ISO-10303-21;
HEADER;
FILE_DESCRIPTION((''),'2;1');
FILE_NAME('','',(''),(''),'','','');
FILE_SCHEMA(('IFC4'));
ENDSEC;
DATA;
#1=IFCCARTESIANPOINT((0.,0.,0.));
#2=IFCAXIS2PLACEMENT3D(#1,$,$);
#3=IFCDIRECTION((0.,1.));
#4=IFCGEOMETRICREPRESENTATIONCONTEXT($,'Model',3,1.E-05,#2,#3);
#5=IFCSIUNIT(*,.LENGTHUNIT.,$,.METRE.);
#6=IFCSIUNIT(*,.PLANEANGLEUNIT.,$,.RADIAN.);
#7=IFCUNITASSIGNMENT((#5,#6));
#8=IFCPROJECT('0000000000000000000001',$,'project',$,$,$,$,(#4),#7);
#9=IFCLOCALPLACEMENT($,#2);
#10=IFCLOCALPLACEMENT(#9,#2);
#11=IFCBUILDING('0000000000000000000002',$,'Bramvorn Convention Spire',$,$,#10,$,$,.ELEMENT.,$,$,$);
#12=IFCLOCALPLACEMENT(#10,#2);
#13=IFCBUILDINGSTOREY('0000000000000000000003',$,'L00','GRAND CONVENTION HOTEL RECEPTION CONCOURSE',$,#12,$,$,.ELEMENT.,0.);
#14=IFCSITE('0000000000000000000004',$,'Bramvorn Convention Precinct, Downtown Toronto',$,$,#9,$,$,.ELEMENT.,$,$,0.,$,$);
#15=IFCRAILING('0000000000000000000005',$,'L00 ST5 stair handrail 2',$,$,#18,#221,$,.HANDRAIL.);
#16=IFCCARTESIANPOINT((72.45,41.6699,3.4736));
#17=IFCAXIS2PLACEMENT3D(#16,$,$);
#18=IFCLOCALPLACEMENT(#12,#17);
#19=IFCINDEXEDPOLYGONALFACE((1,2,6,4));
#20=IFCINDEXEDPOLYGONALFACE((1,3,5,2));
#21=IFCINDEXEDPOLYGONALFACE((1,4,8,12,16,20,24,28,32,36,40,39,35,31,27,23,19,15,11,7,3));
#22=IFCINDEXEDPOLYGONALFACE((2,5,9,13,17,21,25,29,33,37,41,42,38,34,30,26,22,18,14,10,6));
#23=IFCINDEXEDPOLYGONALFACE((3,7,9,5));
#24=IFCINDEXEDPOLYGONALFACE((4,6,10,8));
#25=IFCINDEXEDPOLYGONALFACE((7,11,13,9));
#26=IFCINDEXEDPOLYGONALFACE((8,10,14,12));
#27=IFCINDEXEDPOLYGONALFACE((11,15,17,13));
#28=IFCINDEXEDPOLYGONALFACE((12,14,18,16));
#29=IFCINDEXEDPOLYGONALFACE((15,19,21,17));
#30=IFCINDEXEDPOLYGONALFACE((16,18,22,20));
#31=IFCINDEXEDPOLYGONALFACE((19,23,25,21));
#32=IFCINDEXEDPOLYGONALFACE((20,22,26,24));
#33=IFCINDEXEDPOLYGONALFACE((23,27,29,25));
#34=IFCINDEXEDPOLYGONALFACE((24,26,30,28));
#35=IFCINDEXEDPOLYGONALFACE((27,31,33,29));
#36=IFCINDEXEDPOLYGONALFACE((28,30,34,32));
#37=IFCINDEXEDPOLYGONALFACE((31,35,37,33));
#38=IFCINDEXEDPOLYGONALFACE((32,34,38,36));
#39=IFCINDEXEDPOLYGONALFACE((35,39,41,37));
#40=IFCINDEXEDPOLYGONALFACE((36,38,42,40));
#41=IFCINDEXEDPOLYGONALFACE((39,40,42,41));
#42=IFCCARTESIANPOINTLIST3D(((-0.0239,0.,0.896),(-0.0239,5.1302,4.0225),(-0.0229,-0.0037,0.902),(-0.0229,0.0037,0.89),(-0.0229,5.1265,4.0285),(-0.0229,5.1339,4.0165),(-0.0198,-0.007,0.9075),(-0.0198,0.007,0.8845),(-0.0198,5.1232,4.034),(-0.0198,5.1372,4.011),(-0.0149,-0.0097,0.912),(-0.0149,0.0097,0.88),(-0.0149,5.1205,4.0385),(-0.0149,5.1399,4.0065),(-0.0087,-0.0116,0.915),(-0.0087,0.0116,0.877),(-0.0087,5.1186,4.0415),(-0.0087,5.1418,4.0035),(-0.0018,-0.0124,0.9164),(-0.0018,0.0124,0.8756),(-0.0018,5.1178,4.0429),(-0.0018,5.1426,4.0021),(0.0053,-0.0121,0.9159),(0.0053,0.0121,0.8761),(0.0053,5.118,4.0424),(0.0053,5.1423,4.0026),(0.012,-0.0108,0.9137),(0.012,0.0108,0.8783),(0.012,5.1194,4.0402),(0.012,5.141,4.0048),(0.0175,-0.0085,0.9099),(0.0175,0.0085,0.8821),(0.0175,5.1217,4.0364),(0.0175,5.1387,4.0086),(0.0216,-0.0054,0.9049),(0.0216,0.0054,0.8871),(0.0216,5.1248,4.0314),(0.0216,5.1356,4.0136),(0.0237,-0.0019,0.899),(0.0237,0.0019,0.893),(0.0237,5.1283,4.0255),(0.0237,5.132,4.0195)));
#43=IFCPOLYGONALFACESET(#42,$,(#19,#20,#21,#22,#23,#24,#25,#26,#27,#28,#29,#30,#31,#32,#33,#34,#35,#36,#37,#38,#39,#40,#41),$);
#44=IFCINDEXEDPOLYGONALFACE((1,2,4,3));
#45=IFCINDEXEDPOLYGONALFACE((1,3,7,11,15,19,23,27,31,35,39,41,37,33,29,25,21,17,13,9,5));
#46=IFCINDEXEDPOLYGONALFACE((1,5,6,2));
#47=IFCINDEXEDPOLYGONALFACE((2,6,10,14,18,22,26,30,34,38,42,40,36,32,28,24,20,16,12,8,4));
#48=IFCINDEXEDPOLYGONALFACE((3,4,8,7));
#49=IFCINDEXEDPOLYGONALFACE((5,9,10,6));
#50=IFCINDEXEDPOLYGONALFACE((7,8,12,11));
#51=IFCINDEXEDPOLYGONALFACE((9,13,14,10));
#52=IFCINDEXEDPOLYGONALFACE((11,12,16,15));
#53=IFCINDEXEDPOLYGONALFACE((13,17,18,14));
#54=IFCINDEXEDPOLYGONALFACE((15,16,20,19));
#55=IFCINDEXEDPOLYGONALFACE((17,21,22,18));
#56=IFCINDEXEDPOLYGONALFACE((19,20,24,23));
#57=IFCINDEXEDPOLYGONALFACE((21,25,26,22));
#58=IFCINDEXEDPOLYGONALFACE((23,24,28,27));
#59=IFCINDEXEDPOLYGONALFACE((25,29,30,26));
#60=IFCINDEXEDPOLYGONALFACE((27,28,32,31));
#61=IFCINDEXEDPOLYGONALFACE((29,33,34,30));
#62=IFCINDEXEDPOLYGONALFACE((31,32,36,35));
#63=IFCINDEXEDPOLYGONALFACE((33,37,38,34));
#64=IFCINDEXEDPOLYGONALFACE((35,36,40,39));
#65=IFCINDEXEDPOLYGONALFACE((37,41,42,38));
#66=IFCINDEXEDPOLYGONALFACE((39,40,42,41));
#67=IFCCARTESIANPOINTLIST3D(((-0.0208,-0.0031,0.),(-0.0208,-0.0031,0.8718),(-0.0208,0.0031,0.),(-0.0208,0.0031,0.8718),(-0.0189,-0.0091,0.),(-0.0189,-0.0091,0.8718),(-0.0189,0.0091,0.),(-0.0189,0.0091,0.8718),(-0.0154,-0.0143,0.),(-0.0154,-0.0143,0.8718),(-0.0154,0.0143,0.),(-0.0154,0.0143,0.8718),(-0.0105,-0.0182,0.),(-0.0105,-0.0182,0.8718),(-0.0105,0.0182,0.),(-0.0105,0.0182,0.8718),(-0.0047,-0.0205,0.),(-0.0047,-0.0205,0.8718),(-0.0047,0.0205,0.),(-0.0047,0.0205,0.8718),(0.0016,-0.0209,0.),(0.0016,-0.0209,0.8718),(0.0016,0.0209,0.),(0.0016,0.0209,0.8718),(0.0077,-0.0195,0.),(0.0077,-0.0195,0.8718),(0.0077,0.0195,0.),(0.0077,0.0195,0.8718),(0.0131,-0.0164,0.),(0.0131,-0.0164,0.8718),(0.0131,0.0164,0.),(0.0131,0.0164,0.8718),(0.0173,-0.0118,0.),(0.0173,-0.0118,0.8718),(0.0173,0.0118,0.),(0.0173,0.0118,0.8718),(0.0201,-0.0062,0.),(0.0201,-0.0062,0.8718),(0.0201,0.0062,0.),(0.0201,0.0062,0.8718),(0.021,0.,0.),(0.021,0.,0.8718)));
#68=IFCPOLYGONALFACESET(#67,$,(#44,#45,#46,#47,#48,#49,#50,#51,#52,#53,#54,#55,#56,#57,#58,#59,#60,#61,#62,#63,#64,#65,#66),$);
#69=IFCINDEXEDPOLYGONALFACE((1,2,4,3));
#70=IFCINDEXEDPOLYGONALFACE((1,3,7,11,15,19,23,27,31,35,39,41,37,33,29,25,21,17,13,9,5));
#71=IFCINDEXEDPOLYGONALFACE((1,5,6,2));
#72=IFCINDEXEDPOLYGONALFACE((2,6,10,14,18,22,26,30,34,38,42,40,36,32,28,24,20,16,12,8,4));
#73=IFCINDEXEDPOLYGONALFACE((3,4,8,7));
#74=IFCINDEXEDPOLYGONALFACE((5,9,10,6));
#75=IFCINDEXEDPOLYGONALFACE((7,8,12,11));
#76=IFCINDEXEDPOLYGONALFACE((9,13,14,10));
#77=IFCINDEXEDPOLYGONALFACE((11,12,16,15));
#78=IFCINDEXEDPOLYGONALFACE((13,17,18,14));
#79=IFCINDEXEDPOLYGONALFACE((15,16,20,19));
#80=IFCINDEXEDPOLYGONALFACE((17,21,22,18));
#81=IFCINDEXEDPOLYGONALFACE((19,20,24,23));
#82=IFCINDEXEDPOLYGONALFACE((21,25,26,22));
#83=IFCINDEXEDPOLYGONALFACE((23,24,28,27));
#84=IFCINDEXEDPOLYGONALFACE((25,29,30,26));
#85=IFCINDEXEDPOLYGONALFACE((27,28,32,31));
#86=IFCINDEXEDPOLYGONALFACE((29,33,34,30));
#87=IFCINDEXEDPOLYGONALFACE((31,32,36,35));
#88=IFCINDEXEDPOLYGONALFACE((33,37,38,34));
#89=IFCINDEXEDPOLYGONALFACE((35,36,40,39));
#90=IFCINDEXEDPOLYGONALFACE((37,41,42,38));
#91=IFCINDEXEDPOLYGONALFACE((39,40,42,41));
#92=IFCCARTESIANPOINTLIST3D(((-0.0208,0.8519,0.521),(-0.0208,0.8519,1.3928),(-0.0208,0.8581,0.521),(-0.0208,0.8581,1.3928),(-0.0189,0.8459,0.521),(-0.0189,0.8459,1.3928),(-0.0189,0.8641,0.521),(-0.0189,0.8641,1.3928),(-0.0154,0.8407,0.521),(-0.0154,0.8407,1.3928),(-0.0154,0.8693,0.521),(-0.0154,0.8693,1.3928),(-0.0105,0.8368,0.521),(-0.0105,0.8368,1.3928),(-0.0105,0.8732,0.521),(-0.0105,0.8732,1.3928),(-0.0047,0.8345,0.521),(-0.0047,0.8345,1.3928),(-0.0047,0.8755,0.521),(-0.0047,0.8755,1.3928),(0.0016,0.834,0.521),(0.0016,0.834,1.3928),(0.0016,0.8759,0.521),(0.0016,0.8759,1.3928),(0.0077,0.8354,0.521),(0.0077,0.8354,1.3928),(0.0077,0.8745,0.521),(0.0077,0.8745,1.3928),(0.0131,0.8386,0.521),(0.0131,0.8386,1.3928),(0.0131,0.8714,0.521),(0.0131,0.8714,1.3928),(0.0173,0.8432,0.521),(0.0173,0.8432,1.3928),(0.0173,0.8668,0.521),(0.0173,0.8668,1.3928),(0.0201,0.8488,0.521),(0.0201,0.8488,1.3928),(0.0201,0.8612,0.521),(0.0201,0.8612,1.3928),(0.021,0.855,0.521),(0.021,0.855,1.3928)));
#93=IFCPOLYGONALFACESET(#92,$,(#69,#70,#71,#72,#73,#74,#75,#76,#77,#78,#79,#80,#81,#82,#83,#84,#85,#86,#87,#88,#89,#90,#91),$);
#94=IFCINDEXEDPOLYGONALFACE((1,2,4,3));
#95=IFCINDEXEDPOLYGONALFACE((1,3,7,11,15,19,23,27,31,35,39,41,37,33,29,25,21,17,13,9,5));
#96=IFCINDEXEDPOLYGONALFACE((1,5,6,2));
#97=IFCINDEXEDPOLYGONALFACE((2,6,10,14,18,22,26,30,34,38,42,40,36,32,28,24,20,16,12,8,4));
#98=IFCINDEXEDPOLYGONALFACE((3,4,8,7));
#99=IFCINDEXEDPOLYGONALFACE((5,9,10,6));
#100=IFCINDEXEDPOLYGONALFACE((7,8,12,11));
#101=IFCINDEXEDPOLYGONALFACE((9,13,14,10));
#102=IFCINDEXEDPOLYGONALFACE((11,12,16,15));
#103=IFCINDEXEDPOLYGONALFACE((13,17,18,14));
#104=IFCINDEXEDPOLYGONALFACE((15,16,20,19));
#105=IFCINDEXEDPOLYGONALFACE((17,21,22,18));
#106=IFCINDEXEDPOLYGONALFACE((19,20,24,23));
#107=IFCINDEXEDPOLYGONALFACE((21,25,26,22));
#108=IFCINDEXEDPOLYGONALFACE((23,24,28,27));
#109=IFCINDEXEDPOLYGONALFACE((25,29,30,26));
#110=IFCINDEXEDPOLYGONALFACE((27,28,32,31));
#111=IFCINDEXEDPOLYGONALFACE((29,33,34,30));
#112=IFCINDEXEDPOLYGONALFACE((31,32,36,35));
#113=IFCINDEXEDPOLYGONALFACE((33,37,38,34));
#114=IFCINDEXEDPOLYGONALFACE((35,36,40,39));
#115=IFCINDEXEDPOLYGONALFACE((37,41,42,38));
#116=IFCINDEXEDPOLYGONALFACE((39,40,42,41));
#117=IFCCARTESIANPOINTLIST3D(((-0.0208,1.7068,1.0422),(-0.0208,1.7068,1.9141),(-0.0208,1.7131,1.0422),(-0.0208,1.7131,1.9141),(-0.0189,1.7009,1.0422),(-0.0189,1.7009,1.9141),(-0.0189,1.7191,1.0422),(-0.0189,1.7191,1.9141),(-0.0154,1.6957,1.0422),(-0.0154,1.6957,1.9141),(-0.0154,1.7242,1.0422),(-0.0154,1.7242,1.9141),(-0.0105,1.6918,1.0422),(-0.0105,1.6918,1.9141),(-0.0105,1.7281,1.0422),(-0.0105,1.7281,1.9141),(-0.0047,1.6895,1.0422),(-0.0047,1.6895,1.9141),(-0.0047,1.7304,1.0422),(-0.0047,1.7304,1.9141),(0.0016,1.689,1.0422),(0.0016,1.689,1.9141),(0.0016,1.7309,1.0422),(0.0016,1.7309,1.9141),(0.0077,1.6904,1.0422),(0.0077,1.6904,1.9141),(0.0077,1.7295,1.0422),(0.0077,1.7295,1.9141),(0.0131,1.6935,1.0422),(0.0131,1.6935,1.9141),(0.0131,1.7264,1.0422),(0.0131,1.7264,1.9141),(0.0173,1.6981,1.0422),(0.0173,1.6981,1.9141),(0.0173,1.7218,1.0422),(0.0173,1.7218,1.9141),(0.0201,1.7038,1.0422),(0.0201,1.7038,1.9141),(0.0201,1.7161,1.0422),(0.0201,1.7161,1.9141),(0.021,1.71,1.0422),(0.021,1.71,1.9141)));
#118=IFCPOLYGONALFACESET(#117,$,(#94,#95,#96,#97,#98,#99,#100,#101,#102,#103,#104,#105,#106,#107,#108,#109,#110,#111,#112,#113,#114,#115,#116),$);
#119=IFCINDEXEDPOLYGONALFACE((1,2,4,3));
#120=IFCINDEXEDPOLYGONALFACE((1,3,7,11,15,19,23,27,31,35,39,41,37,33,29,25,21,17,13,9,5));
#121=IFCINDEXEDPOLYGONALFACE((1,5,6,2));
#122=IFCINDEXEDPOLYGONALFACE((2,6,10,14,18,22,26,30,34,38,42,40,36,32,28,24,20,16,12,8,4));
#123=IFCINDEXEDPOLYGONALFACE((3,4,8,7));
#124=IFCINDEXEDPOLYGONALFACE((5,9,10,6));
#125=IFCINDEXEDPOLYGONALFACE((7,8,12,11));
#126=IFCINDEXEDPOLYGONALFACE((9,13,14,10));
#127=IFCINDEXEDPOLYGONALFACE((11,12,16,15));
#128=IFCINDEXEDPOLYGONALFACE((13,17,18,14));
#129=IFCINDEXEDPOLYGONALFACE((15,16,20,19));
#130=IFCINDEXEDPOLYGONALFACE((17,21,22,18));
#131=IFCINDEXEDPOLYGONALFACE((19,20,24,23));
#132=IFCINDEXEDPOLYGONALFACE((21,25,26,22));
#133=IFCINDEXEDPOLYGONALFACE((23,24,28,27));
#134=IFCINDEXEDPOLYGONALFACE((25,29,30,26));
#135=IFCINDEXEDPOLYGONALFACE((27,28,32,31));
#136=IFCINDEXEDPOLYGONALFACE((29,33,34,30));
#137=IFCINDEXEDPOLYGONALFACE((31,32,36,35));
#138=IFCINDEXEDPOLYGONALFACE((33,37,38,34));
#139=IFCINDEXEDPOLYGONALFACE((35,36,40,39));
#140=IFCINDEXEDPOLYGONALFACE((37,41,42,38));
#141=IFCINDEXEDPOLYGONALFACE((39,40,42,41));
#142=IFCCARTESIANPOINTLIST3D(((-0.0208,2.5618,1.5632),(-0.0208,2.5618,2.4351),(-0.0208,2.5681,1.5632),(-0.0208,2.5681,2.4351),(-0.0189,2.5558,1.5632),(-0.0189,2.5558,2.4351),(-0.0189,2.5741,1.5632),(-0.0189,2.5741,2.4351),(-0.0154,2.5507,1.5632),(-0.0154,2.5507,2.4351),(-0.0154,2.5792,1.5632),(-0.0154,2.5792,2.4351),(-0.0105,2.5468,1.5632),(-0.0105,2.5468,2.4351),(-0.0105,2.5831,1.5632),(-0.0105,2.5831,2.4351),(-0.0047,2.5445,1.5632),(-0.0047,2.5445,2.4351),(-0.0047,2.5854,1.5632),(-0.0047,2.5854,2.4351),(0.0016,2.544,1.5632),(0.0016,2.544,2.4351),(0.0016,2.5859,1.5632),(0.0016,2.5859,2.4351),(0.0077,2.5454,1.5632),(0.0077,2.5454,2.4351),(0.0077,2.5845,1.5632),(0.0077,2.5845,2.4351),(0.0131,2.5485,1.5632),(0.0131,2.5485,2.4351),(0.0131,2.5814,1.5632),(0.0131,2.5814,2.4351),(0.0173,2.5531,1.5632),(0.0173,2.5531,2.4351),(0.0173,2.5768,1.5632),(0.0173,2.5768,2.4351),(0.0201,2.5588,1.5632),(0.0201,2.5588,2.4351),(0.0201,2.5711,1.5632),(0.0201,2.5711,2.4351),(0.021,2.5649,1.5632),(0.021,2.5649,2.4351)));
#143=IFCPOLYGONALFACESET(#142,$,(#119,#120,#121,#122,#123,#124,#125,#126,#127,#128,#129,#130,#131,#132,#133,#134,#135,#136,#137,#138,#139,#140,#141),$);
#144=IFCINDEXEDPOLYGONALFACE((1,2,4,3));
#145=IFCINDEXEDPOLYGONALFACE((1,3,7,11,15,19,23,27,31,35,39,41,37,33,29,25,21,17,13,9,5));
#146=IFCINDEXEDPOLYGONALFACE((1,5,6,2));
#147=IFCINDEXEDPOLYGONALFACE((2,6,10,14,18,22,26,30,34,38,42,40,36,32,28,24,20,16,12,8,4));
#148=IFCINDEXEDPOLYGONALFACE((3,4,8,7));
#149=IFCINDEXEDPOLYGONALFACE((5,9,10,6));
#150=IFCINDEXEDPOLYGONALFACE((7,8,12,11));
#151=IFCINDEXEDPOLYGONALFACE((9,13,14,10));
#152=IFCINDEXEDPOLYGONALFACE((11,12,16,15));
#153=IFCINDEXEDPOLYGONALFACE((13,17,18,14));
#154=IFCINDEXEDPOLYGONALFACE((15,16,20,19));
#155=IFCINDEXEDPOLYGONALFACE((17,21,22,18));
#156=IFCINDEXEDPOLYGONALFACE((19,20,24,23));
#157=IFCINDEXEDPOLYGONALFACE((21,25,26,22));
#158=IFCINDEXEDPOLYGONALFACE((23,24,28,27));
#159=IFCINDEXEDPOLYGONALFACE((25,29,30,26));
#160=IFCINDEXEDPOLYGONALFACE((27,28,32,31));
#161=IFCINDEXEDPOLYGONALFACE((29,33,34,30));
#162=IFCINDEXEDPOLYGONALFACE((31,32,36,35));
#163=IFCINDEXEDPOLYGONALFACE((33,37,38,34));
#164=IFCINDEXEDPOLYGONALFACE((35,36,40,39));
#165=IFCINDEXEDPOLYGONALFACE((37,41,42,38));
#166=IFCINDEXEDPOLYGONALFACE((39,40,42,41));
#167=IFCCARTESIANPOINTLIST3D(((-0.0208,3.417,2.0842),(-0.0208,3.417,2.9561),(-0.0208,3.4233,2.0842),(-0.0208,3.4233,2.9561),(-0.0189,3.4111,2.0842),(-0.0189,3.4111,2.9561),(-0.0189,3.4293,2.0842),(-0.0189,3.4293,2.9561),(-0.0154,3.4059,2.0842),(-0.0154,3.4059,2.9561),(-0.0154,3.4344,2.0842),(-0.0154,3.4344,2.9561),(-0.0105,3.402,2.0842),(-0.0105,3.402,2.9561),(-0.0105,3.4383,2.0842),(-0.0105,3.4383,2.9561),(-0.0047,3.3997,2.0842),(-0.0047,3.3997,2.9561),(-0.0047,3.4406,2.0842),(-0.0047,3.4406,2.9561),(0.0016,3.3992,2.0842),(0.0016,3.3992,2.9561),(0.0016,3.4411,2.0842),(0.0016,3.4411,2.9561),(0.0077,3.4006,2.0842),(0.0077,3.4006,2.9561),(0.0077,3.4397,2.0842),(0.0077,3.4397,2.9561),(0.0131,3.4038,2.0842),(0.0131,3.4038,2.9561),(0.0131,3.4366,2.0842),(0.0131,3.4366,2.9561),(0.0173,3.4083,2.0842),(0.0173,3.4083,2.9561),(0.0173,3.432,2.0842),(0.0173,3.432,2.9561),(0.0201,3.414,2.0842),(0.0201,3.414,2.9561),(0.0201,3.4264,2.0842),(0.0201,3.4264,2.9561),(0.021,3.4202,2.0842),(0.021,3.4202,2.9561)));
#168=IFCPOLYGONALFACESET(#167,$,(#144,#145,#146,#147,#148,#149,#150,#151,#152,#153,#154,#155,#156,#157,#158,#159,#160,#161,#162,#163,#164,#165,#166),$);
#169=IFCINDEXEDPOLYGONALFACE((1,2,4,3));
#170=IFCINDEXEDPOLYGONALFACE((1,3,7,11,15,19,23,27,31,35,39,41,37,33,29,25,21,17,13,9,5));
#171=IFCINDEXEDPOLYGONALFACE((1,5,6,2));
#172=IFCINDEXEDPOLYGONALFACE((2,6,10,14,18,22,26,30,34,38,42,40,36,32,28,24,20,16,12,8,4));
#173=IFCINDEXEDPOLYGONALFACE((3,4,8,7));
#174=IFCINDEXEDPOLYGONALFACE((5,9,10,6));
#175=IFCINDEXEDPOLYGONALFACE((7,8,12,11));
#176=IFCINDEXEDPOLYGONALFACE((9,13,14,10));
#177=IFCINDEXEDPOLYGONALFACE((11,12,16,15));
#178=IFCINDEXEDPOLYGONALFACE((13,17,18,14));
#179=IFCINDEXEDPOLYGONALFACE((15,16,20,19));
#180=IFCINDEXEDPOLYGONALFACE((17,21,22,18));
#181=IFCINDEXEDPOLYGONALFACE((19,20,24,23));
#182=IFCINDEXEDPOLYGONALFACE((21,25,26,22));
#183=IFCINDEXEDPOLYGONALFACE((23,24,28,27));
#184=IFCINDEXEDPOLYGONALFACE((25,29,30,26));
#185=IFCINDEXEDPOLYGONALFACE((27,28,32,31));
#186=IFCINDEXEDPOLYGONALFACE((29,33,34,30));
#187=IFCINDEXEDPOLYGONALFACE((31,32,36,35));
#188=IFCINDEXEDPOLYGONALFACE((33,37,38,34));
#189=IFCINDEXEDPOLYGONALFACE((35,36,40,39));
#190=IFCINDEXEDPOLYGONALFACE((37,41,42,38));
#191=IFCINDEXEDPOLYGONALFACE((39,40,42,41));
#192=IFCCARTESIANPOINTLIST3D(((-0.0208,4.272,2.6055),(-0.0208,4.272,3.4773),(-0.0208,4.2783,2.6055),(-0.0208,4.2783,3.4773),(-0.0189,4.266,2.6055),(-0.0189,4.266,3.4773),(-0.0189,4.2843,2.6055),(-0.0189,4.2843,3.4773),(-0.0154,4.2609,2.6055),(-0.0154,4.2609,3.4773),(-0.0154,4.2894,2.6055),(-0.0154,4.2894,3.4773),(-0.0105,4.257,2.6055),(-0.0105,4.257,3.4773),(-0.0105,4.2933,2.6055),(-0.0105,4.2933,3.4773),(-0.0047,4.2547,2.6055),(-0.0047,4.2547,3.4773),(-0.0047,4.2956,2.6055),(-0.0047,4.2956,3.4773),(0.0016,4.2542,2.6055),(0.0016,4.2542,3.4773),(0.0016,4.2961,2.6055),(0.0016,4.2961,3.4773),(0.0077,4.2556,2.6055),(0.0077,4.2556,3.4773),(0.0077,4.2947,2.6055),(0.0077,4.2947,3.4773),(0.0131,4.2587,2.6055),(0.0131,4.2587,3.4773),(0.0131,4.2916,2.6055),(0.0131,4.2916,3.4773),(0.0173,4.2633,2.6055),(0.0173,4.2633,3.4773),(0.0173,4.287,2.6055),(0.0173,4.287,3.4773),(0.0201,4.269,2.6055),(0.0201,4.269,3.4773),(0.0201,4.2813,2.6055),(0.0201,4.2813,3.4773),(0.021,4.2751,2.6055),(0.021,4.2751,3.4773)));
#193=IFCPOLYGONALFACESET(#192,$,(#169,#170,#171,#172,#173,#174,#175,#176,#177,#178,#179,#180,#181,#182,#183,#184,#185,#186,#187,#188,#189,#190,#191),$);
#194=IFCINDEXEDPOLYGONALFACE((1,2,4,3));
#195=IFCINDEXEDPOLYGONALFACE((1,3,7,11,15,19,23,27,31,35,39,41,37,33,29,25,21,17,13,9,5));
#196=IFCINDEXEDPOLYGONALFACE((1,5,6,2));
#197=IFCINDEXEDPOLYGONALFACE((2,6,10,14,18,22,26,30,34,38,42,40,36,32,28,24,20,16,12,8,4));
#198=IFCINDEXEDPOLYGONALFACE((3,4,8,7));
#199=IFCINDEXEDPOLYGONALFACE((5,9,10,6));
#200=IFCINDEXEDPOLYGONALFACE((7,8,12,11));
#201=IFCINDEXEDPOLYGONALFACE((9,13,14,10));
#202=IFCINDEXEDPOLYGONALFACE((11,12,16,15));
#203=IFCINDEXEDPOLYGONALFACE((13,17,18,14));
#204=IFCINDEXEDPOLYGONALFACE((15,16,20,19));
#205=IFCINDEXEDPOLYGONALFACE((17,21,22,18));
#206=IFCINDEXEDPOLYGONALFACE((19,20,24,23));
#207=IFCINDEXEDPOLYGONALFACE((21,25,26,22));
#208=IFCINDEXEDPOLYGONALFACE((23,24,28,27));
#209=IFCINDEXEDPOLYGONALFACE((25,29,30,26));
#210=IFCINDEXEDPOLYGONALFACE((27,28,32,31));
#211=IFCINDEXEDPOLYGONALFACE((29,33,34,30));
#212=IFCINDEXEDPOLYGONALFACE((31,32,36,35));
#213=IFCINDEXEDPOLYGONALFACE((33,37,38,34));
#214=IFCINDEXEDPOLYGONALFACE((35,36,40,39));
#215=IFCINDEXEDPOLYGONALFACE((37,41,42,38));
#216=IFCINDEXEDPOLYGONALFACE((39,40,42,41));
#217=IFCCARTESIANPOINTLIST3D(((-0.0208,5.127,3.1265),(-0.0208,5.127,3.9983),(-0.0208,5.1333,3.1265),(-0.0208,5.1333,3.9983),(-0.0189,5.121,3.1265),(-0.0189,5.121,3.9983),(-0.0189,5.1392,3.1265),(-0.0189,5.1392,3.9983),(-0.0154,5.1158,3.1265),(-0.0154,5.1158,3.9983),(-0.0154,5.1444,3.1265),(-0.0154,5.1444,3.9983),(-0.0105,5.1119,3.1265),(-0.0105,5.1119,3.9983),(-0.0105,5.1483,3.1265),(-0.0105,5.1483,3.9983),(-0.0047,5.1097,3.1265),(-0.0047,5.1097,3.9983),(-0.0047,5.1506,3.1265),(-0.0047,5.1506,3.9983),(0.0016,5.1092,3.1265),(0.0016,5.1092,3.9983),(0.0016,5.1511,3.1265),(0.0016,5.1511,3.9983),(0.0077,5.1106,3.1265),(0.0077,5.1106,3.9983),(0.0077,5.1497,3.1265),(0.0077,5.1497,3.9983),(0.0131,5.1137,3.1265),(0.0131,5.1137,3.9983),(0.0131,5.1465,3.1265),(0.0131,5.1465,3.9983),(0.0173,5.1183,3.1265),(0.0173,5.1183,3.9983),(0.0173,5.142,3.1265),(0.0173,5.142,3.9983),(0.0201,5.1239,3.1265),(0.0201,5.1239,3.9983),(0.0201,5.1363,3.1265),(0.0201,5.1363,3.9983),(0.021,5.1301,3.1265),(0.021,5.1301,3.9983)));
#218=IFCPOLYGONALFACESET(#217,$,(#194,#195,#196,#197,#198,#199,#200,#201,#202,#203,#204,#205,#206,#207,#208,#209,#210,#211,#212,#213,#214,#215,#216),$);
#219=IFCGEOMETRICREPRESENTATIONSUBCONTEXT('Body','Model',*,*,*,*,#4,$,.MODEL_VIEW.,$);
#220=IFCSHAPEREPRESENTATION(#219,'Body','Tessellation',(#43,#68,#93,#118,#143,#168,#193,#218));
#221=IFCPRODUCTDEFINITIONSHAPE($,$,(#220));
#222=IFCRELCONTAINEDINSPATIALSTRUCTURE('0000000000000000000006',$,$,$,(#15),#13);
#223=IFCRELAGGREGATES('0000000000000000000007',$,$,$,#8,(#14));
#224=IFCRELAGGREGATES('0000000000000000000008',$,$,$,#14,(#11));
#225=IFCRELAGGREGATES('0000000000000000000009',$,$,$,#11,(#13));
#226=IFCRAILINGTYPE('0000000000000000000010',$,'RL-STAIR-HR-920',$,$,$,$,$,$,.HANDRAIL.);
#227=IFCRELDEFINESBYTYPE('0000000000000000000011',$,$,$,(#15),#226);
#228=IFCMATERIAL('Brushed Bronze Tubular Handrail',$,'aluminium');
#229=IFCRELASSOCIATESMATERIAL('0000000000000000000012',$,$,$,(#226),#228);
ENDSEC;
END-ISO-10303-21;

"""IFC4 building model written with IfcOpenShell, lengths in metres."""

from ifc_helpers import new_model, si_unit, direction, frame, origin, origin_2d, place, context, subcontext, project, spatial, circle, extrude, material, type_object, element, save


model = new_model("IFC4")

# Units and contexts
model_context = context("Model", 3, precision=1e-05, world=origin(), true_north=direction((0.0, 1.0)))
body_context = subcontext(model_context, "Body", "Model", "MODEL_VIEW")
ifc_project = project(units=[si_unit("LENGTHUNIT", "METRE"), si_unit("PLANEANGLEUNIT", "RADIAN")], contexts=[model_context])

# Site, building, storey
site_placement = place(None, origin())
site = spatial("IfcSite", under=ifc_project, at=site_placement, Name="Bramvorn Convention Precinct, Downtown Toronto", CompositionType="ELEMENT", RefElevation=0.0)
building_placement = place(site_placement, origin())
building = spatial("IfcBuilding", under=site, at=building_placement, Name="Bramvorn Convention Spire", CompositionType="ELEMENT")
storey_placement = place(building_placement, origin())
storey = spatial("IfcBuildingStorey", under=building, at=storey_placement, Name="L00", Description="GRAND CONVENTION HOTEL RECEPTION CONCOURSE", CompositionType="ELEMENT", Elevation=0.0)

# Railing
ifc_material_1 = material(Name="Brushed Bronze Tubular Handrail", Category="aluminium")
railing_type_1 = type_object("IfcRailingType", Name="RL-STAIR-HR-920", PredefinedType="HANDRAIL", material=ifc_material_1)
railing_1_placement = place(storey_placement, frame((72.45, 41.6699, 3.4736)))
element("IfcRailing", 1, at=railing_1_placement, inside=storey, type_object=railing_type_1, Name="L00 ST5 stair handrail 2", PredefinedType="HANDRAIL", context=body_context, shape_type="SweptSolid", body=[
    extrude(circle(Radius=0.0239, at=origin_2d()), frame((0.0, 0.0, 0.896), z_axis=(0.0, 0.853919, 0.520406), x_axis=(-1.0, 0.0, 0.0)), (0.0, 0.0, 1.0), 6.0078),
    extrude(circle(Radius=0.021, at=origin_2d()), origin(), (0.0, 0.0, 1.0), 0.8718),
    extrude(circle(Radius=0.021, at=origin_2d()), frame((0.0, 0.855, 0.521)), (0.0, 0.0, 1.0), 0.8718),
    extrude(circle(Radius=0.021, at=origin_2d()), frame((0.0, 1.71, 1.0422)), (0.0, 0.0, 1.0), 0.8718),
    extrude(circle(Radius=0.021, at=origin_2d()), frame((0.0, 2.5649, 1.5632)), (0.0, 0.0, 1.0), 0.8718),
    extrude(circle(Radius=0.021, at=origin_2d()), frame((0.0, 3.4202, 2.0842)), (0.0, 0.0, 1.0), 0.8718),
    extrude(circle(Radius=0.021, at=origin_2d()), frame((0.0, 4.2751, 2.6055)), (0.0, 0.0, 1.0), 0.8718),
    extrude(circle(Radius=0.021, at=origin_2d()), frame((0.0, 5.1301, 3.1265)), (0.0, 0.0, 1.0), 0.8718),
])

save(model, "model.ifc")
